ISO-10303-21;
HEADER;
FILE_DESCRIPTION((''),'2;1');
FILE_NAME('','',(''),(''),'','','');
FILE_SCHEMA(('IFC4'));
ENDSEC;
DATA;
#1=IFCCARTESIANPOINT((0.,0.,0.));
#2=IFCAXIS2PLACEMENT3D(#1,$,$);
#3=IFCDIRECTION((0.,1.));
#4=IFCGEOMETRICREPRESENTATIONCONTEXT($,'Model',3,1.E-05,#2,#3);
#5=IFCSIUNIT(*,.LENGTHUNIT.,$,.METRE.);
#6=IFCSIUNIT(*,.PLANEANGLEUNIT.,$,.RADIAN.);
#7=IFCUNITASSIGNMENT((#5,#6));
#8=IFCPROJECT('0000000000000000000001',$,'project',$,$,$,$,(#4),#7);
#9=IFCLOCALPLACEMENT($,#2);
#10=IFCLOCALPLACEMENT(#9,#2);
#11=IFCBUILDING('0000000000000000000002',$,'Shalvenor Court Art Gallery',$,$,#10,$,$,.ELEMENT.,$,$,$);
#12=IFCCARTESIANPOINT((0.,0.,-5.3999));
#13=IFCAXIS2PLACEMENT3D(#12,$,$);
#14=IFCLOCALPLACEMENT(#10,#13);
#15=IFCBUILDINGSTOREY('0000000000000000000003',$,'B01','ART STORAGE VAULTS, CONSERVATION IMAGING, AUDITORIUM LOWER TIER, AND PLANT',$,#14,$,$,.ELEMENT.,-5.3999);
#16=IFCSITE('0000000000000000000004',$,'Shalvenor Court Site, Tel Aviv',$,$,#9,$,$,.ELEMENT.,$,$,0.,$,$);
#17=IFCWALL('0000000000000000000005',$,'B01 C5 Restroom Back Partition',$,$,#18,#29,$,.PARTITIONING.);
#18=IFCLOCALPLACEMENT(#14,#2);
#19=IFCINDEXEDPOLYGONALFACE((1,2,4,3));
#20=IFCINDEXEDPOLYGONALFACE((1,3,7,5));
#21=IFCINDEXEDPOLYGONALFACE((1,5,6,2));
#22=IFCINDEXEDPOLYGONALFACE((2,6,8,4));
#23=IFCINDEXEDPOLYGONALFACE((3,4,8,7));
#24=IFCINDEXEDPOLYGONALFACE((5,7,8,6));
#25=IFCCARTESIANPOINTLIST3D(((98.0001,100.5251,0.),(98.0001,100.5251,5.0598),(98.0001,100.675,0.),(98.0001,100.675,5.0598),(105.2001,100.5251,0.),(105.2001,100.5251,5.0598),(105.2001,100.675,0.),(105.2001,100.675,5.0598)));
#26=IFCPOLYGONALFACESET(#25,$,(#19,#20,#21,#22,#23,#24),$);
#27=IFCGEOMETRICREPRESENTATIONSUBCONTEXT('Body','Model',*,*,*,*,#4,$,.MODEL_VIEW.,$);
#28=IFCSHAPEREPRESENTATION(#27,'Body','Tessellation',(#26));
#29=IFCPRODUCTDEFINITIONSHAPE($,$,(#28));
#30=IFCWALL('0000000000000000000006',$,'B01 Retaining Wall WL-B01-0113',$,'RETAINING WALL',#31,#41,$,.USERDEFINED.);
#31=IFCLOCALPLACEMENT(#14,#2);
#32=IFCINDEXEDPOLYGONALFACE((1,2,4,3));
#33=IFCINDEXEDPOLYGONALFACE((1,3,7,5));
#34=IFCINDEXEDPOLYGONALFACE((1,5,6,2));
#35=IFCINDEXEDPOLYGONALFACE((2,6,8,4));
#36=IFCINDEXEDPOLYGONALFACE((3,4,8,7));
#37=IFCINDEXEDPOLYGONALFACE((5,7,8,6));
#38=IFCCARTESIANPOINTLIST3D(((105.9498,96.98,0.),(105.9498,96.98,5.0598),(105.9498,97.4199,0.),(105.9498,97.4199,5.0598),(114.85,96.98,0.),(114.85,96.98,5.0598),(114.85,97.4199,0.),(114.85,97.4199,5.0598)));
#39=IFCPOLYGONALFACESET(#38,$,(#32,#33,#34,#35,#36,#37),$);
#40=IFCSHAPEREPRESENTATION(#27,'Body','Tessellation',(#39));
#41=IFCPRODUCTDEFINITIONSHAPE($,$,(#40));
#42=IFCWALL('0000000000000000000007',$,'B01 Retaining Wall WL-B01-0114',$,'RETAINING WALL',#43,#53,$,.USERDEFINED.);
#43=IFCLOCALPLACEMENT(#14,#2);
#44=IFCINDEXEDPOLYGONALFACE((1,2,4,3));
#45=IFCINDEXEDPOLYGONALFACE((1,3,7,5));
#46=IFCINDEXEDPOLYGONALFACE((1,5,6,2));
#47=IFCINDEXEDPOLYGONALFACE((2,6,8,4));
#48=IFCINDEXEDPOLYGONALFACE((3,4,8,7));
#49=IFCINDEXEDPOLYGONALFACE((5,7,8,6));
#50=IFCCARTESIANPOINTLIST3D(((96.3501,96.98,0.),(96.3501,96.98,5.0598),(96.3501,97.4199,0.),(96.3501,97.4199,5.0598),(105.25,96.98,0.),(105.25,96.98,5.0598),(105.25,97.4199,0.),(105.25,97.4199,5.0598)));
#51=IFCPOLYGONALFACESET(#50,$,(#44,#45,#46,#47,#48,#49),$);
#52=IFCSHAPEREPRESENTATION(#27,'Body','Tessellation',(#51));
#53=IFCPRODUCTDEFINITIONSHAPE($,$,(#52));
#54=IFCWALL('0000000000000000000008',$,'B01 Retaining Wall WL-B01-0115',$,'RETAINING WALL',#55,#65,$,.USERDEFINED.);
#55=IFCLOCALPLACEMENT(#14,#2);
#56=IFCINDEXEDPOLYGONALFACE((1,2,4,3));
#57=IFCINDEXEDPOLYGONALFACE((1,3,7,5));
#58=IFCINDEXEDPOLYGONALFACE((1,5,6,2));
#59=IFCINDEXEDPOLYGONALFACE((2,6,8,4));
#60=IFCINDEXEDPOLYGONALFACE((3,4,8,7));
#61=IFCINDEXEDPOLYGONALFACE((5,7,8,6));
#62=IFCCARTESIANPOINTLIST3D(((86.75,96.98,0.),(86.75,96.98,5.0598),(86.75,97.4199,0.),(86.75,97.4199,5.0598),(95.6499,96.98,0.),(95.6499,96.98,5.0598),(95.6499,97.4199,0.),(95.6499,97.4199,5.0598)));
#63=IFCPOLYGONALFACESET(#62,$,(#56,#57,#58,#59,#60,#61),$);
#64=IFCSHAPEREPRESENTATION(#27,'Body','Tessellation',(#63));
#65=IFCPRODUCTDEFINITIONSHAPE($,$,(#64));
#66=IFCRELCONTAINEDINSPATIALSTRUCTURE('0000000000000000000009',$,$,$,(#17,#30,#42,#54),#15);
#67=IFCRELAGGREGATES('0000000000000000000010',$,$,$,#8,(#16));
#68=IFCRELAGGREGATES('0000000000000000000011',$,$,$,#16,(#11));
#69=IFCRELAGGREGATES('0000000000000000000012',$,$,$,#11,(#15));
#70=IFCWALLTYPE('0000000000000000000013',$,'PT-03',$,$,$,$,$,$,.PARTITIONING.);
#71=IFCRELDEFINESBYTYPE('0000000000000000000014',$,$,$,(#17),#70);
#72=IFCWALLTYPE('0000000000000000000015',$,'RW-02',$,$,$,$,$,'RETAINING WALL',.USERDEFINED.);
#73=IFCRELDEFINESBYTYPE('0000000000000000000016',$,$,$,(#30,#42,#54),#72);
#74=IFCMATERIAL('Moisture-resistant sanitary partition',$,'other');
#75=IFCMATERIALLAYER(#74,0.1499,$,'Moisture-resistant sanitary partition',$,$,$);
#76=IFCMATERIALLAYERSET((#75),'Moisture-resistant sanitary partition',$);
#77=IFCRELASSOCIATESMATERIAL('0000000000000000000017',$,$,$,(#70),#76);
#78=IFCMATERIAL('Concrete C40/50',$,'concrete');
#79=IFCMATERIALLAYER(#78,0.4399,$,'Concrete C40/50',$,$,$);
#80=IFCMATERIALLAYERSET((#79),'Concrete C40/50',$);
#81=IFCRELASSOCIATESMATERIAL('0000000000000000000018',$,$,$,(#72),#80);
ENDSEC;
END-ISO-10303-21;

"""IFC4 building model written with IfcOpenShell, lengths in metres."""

from ifc_helpers import new_model, si_unit, direction, frame, frame_2d, origin, place, context, subcontext, project, spatial, rectangle, extrude, material, layer, layer_set, type_object, element, save


model = new_model("IFC4")

# Units and contexts
model_context = context("Model", 3, precision=1e-05, world=origin(), true_north=direction((0.0, 1.0)))
body_context = subcontext(model_context, "Body", "Model", "MODEL_VIEW")
ifc_project = project(units=[si_unit("LENGTHUNIT", "METRE"), si_unit("PLANEANGLEUNIT", "RADIAN")], contexts=[model_context])

# Site, building, storey
site_placement = place(None, origin())
site = spatial("IfcSite", under=ifc_project, at=site_placement, Name="Shalvenor Court Site, Tel Aviv", CompositionType="ELEMENT", RefElevation=0.0)
building_placement = place(site_placement, origin())
building = spatial("IfcBuilding", under=site, at=building_placement, Name="Shalvenor Court Art Gallery", CompositionType="ELEMENT")
storey_placement = place(building_placement, frame((0.0, 0.0, -5.3999)))
storey = spatial("IfcBuildingStorey", under=building, at=storey_placement, Name="B01", Description="ART STORAGE VAULTS, CONSERVATION IMAGING, AUDITORIUM LOWER TIER, AND PLANT", CompositionType="ELEMENT", Elevation=-5.3999)

# Walls
ifc_material_1 = material(Name="Moisture-resistant sanitary partition", Category="other")
ifc_layer_1 = layer(ifc_material_1, 0.1499, Name="Moisture-resistant sanitary partition")
ifc_layer_set_1 = layer_set([ifc_layer_1], Name="Moisture-resistant sanitary partition")
wall_type_1 = type_object("IfcWallType", Name="PT-03", PredefinedType="PARTITIONING", material=ifc_layer_set_1)
wall_1_placement = place(storey_placement, frame((98.0, 100.6001, 0.0), z_axis=(0.0, 0.0, 1.0), x_axis=(1.0, 0.0, 0.0)))
element("IfcWall", 1, at=wall_1_placement, inside=storey, type_object=wall_type_1, Name="B01 C5 Restroom Back Partition", PredefinedType="PARTITIONING", context=body_context, shape_type="SweptSolid", body=[
    extrude(rectangle(XDim=7.2, YDim=0.1499, at=frame_2d((3.6001, 0.0))), origin(), (0.0, 0.0, 1.0), 5.0598),
])
ifc_material_2 = material(Name="Concrete C40/50", Category="concrete")
ifc_layer_2 = layer(ifc_material_2, 0.4399, Name="Concrete C40/50")
ifc_layer_set_2 = layer_set([ifc_layer_2], Name="Concrete C40/50")
wall_type_2 = type_object("IfcWallType", Name="RW-02", ElementType="RETAINING WALL", PredefinedType="USERDEFINED", material=ifc_layer_set_2)
wall_2_placement = place(storey_placement, frame((114.8501, 97.2, 0.0), z_axis=(0.0, 0.0, 1.0), x_axis=(-1.0, 0.0, 0.0)))
element("IfcWall", 2, at=wall_2_placement, inside=storey, type_object=wall_type_2, Name="B01 Retaining Wall WL-B01-0113", ObjectType="RETAINING WALL", PredefinedType="USERDEFINED", context=body_context, shape_type="SweptSolid", body=[
    extrude(rectangle(XDim=8.9001, YDim=0.4399, at=frame_2d((4.4502, 0.0))), origin(), (0.0, 0.0, 1.0), 5.0598),
])
for number, where, z_axis, x_axis, name in (
    (3, (105.25, 97.2, 0.0), (0.0, 0.0, 1.0), (-1.0, 0.0, 0.0), "B01 Retaining Wall WL-B01-0114"),
    (4, (95.6499, 97.2, 0.0), (0.0, 0.0, 1.0), (-1.0, 0.0, 0.0), "B01 Retaining Wall WL-B01-0115"),
):
    element("IfcWall", number, at=place(storey_placement, frame(where, z_axis=z_axis, x_axis=x_axis)), inside=storey, type_object=wall_type_2, Name=name, ObjectType="RETAINING WALL", PredefinedType="USERDEFINED", context=body_context, shape_type="SweptSolid", body=[
        extrude(rectangle(XDim=8.8999, YDim=0.4399, at=frame_2d((4.45, 0.0))), origin(), (0.0, 0.0, 1.0), 5.0598),
    ])

save(model, "model.ifc")
